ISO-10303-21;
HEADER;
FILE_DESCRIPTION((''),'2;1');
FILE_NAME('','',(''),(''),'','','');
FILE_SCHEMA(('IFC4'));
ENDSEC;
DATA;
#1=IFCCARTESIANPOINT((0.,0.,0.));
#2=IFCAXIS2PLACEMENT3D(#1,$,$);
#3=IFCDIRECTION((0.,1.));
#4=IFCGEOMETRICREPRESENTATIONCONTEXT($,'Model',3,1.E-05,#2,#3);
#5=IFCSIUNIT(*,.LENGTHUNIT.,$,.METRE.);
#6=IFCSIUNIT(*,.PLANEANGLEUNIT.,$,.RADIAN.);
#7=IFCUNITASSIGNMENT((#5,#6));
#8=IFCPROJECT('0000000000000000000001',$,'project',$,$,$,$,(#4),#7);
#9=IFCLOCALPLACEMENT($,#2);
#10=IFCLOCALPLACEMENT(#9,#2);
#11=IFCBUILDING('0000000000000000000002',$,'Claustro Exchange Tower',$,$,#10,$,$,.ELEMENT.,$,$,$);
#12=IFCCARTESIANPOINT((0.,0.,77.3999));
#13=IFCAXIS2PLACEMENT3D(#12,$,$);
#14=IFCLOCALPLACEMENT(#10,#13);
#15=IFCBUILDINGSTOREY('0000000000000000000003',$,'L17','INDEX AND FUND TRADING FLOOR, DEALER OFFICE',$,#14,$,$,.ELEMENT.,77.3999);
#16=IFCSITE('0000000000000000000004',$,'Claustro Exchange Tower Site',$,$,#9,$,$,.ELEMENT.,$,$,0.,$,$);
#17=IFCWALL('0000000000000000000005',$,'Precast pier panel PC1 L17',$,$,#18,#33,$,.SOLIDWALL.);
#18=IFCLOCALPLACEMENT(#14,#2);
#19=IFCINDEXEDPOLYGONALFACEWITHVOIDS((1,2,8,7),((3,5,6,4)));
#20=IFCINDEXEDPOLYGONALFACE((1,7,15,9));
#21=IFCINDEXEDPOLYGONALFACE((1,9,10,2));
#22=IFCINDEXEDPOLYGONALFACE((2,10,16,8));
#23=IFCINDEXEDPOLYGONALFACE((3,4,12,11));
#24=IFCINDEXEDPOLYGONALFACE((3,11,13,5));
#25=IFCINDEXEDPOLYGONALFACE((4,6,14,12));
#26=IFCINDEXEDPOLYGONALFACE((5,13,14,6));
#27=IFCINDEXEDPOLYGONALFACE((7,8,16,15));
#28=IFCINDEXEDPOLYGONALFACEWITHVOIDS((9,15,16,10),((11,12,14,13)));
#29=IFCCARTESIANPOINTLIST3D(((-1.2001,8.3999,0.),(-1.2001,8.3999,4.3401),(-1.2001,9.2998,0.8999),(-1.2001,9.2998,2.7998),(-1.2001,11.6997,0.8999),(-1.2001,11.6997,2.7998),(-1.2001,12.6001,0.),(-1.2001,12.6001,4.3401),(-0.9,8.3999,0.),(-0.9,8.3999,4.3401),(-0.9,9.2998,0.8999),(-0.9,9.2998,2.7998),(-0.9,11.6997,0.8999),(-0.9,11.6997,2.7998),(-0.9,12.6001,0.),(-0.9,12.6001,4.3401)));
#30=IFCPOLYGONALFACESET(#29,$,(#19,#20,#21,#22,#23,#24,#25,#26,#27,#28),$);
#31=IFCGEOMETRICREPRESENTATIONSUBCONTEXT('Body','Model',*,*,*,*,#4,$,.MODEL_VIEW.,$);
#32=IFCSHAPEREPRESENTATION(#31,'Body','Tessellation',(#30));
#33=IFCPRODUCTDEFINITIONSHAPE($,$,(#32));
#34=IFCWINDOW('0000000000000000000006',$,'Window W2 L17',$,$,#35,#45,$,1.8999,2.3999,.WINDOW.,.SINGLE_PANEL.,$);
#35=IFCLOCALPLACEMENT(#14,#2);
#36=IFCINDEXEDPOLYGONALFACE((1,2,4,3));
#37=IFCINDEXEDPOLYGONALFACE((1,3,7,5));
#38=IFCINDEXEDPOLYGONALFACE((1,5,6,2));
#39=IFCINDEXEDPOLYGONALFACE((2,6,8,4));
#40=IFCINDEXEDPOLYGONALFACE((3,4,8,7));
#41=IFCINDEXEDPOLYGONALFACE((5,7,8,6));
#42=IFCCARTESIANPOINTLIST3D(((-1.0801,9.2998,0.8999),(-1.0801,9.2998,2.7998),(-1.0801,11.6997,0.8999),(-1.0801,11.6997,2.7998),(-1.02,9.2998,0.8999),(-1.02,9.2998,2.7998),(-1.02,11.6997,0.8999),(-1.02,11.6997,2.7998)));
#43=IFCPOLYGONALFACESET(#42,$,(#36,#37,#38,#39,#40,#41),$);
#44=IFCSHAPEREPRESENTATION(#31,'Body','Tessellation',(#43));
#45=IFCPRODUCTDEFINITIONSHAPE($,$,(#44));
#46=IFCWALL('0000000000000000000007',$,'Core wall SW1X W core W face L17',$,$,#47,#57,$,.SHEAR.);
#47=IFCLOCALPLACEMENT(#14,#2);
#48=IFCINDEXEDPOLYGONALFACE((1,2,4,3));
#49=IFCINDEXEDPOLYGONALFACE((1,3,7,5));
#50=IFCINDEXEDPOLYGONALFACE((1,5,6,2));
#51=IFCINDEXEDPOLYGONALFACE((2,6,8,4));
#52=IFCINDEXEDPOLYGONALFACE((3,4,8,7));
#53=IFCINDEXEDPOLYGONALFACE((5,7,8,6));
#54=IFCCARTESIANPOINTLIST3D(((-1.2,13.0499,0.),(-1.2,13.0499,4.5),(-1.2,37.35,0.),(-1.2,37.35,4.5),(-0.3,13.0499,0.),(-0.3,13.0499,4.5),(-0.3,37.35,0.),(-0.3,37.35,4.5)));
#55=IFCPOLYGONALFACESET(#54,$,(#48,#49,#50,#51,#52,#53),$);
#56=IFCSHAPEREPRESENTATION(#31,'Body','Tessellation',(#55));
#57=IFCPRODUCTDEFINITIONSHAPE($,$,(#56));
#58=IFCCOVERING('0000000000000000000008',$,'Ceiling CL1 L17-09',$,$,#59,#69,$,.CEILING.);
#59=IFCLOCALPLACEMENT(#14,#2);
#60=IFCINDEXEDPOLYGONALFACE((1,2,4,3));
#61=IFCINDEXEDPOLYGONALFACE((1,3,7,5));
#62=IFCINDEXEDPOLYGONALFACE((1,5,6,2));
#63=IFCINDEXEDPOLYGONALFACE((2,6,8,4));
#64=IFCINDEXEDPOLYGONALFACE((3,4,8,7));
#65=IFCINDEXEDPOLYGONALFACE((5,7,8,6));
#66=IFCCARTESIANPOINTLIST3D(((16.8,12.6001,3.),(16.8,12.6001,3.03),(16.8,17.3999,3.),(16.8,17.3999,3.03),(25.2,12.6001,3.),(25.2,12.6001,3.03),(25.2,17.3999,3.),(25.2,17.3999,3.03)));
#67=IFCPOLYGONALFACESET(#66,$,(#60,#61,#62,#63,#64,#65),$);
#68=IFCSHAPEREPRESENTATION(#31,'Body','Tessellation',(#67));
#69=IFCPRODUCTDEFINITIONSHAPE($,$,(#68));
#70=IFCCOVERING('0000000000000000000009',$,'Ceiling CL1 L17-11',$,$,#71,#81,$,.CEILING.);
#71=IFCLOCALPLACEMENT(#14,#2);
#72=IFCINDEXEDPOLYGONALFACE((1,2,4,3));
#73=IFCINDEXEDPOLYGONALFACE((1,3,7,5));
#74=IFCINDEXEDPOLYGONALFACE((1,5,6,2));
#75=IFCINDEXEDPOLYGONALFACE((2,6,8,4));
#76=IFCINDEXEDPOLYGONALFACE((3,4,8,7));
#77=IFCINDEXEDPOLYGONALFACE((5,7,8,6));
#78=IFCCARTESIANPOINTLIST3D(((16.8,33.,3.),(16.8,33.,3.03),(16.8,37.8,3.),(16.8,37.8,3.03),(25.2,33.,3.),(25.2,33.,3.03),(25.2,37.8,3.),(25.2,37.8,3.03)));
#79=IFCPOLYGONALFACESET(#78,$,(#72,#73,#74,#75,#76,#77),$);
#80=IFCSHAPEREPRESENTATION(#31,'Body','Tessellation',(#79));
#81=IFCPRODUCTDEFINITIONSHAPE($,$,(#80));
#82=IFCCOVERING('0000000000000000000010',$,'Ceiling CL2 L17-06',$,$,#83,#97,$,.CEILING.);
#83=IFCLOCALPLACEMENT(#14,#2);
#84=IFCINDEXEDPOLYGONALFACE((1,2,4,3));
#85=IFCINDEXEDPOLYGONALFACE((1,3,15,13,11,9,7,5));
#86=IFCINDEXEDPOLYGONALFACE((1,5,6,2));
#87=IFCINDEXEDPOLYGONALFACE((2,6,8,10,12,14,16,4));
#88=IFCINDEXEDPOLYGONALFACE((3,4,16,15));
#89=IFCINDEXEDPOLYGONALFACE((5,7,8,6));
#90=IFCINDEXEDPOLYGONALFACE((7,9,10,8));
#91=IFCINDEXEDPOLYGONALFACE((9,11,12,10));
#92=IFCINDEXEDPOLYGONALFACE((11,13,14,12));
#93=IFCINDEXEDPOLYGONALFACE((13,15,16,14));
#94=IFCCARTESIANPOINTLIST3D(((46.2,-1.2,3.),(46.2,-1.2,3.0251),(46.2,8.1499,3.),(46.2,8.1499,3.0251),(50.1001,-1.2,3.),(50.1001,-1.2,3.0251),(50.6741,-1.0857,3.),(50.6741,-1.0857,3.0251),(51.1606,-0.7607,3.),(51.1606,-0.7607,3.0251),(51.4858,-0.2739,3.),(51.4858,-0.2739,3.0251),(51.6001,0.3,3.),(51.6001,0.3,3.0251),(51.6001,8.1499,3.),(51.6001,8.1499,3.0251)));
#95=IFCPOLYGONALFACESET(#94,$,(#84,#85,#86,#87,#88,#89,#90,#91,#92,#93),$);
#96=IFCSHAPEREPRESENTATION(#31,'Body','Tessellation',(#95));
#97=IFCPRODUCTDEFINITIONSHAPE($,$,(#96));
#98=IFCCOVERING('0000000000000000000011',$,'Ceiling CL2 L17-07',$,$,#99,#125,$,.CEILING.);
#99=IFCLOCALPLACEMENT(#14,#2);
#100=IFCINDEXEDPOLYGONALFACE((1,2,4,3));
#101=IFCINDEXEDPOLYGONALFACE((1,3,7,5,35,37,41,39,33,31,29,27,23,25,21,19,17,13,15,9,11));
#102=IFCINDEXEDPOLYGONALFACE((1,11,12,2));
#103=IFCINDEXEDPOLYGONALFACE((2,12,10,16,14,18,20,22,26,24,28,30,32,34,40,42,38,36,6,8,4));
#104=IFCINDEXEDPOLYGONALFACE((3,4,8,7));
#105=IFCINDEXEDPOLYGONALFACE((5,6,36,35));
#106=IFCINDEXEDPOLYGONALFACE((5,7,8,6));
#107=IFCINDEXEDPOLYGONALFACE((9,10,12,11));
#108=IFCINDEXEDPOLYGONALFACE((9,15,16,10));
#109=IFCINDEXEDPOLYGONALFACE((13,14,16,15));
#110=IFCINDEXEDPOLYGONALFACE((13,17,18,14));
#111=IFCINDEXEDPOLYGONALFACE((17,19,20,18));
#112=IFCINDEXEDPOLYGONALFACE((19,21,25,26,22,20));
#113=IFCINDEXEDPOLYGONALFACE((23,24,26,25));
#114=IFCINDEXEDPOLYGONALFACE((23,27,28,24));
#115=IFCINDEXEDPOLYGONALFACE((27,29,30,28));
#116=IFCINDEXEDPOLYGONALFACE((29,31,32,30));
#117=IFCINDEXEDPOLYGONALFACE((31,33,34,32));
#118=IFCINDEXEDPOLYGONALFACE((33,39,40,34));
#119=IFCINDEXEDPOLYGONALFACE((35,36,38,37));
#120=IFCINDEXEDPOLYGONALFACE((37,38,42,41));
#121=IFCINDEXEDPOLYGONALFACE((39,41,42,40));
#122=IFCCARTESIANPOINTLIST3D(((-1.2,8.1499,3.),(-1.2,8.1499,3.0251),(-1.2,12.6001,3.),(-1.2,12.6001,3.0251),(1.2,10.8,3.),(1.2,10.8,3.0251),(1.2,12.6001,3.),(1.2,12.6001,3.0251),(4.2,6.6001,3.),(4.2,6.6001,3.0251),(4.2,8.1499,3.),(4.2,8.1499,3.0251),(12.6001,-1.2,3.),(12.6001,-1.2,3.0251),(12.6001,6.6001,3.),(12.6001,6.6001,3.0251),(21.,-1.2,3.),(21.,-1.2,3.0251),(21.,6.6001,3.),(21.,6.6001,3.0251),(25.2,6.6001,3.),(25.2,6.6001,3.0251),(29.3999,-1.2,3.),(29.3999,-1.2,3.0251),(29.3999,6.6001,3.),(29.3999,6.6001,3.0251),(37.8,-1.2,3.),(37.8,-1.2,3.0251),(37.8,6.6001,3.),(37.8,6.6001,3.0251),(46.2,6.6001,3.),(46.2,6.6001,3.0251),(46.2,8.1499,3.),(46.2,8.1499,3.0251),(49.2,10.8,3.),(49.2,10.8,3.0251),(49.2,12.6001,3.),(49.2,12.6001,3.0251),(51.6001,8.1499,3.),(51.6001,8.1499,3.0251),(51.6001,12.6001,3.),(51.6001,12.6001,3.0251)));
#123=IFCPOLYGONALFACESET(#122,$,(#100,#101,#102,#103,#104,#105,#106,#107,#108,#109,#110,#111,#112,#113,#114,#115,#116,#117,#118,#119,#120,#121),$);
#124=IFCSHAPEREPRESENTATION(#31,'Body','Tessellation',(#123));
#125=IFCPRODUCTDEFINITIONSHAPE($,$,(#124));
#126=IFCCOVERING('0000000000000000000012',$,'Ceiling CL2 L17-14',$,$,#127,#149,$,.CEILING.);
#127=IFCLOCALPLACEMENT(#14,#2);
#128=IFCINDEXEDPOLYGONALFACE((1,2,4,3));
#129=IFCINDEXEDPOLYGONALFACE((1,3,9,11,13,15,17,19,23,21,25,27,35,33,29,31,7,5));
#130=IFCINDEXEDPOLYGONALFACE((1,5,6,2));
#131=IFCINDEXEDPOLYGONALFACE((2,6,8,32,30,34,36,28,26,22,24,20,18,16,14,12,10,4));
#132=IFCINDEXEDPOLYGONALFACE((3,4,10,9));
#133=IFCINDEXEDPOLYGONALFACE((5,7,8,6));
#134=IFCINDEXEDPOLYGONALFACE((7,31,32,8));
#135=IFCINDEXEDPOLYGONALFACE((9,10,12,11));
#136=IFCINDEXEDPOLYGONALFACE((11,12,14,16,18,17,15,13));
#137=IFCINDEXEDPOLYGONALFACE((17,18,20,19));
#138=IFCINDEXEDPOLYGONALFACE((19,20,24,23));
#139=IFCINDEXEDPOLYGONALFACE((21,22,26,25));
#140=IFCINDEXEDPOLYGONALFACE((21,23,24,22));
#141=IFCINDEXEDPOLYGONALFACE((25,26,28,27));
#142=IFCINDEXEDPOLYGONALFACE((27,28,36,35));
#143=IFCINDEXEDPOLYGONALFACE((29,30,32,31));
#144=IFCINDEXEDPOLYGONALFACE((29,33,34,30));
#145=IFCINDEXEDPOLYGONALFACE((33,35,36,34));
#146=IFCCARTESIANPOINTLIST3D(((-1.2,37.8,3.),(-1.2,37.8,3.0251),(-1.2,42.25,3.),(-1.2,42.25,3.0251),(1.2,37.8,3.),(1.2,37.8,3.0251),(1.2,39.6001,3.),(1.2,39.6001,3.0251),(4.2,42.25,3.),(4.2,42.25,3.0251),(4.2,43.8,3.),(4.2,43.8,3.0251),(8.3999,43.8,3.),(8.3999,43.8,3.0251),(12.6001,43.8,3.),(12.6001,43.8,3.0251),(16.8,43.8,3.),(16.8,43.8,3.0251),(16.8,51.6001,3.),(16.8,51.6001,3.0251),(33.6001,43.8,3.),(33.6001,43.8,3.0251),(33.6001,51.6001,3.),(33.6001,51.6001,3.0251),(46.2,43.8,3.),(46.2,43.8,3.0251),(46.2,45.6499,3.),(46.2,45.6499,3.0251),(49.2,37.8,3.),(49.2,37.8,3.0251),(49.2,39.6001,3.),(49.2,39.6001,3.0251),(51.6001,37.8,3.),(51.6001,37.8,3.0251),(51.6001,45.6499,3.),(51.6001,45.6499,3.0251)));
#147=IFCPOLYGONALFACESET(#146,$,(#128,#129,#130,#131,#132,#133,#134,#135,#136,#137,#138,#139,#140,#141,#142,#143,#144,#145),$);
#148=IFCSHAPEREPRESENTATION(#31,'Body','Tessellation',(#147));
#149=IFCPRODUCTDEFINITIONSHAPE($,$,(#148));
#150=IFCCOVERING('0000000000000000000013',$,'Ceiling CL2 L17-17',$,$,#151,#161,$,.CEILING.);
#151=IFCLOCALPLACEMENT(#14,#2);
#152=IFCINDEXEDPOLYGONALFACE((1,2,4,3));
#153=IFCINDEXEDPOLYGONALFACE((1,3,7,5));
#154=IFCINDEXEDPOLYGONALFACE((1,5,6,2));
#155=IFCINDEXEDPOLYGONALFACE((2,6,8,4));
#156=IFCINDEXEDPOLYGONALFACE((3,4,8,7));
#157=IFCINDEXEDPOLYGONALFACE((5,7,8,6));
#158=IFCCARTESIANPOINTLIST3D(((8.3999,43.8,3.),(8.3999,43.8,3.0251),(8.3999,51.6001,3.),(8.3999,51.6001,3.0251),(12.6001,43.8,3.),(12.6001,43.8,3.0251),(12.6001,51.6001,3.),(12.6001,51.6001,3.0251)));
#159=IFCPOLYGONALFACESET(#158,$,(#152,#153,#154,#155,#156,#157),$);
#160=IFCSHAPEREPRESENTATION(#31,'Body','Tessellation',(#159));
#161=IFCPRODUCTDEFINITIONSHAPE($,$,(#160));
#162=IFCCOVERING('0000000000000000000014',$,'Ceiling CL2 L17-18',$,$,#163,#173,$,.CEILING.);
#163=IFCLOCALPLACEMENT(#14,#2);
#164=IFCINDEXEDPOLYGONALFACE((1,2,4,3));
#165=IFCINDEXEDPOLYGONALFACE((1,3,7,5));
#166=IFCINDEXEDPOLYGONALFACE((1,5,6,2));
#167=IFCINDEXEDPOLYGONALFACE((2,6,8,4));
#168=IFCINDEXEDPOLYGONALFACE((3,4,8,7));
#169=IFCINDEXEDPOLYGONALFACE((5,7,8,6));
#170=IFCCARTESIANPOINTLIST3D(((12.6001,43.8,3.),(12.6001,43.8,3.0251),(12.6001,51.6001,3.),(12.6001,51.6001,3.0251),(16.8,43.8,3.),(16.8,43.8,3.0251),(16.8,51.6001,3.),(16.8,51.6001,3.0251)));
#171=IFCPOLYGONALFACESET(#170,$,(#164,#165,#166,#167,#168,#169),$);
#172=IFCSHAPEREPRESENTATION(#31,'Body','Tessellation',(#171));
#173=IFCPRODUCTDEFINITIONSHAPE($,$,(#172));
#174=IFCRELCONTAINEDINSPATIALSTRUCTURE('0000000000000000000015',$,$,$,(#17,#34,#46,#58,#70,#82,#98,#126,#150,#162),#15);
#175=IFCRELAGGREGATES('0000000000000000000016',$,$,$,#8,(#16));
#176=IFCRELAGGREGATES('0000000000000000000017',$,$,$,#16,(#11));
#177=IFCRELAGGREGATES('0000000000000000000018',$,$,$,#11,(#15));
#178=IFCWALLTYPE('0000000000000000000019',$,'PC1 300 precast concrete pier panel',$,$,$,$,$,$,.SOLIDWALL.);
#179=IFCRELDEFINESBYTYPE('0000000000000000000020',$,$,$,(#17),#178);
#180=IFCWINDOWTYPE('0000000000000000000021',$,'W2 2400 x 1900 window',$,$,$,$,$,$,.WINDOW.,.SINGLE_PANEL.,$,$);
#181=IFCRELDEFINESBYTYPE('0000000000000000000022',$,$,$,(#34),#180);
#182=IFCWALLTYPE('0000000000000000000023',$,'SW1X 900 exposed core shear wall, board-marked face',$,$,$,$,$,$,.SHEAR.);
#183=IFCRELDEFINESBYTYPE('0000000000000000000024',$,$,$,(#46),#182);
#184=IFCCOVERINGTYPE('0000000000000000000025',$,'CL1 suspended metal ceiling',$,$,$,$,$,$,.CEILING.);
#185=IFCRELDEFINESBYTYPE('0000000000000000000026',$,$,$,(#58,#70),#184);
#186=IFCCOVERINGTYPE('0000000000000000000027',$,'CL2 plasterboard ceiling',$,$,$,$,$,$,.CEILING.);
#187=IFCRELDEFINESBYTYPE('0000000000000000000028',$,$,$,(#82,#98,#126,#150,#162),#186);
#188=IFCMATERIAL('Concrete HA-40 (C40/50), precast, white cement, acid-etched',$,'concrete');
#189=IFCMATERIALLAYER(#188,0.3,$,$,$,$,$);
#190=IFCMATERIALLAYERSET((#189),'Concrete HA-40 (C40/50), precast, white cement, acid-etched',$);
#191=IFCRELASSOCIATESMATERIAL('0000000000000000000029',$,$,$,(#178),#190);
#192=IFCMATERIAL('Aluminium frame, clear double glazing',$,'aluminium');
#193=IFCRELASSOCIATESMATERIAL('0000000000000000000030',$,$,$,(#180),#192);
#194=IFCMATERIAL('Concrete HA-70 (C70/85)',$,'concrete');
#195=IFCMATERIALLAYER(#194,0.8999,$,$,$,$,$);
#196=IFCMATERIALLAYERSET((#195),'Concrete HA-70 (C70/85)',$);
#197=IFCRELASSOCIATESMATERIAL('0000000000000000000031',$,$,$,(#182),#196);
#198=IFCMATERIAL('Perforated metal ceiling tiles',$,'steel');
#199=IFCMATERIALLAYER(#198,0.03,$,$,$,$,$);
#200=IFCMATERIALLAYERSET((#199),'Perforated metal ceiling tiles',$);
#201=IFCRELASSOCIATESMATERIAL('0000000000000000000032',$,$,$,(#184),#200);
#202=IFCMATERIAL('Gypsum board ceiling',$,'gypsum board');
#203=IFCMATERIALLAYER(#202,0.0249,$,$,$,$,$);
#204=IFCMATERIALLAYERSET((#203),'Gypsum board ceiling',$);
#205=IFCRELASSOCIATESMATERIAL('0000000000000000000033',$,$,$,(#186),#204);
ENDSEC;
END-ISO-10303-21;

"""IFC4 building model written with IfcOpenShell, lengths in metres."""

from ifc_helpers import new_model, si_unit, direction, frame, frame_2d, origin, place, context, subcontext, project, spatial, polyline, rectangle, outline, extrude, material, layer, layer_set, type_object, element, fill, save


model = new_model("IFC4")

# Units and contexts
model_context = context("Model", 3, precision=1e-05, world=origin(), true_north=direction((0.0, 1.0)))
body_context = subcontext(model_context, "Body", "Model", "MODEL_VIEW")
ifc_project = project(units=[si_unit("LENGTHUNIT", "METRE"), si_unit("PLANEANGLEUNIT", "RADIAN")], contexts=[model_context])

# Site, building, storey
site_placement = place(None, origin())
site = spatial("IfcSite", under=ifc_project, at=site_placement, Name="Claustro Exchange Tower Site", CompositionType="ELEMENT", RefElevation=0.0)
building_placement = place(site_placement, origin())
building = spatial("IfcBuilding", under=site, at=building_placement, Name="Claustro Exchange Tower", CompositionType="ELEMENT")
storey_placement = place(building_placement, frame((0.0, 0.0, 77.3999)))
storey = spatial("IfcBuildingStorey", under=building, at=storey_placement, Name="L17", Description="INDEX AND FUND TRADING FLOOR, DEALER OFFICE", CompositionType="ELEMENT", Elevation=77.3999)

# Shared definitions
ifc_material_1 = material(Name="Concrete HA-40 (C40/50), precast, white cement, acid-etched", Category="concrete")
ifc_layer_1 = layer(ifc_material_1, 0.3)
ifc_layer_set_1 = layer_set([ifc_layer_1], Name="Concrete HA-40 (C40/50), precast, white cement, acid-etched")
wall_type_1 = type_object("IfcWallType", Name="PC1 300 precast concrete pier panel", PredefinedType="SOLIDWALL", material=ifc_layer_set_1)

# Wall, opening, window
wall_1_placement = place(storey_placement, frame((-1.05, 8.3999, 0.0), z_axis=(0.0, 0.0, 1.0), x_axis=(0.0, 1.0, 0.0)))
wall_1 = element("IfcWall", 1, at=wall_1_placement, inside=storey, type_object=wall_type_1, Name="Precast pier panel PC1 L17", PredefinedType="SOLIDWALL", context=body_context, shape_type="SweptSolid", body=[
    extrude(rectangle(XDim=4.2002, YDim=0.3, at=frame_2d((2.1001, 0.0))), origin(), (0.0, 0.0, 1.0), 4.3401),
])
opening_1_placement = place(wall_1_placement, frame((0.8999, 0.0, 0.8999)))
opening_1 = element("IfcOpeningElement", 2, at=opening_1_placement, cuts=wall_1, PredefinedType="OPENING", context=body_context, shape_type="SweptSolid", body=[
    extrude(rectangle(XDim=2.3999, YDim=1.8999, at=frame_2d((1.2, 0.95))), frame((0.0, 0.1599, 0.0), z_axis=(0.0, -1.0, 0.0), x_axis=(1.0, 0.0, 0.0)), (0.0, 0.0, 1.0), 0.3201),
])
ifc_material_2 = material(Name="Aluminium frame, clear double glazing", Category="aluminium")
window_type_1 = type_object("IfcWindowType", Name="W2 2400 x 1900 window", PartitioningType="SINGLE_PANEL", PredefinedType="WINDOW", material=ifc_material_2)
window_1_placement = place(opening_1_placement, origin())
window_1 = element("IfcWindow", 3, at=window_1_placement, inside=storey, type_object=window_type_1, Name="Window W2 L17", OverallHeight=1.8999, OverallWidth=2.3999, PartitioningType="SINGLE_PANEL", PredefinedType="WINDOW", context=body_context, shape_type="SweptSolid", body=[
    extrude(rectangle(XDim=2.3999, YDim=1.8999, at=frame_2d((1.2, 0.95))), frame((0.0, 0.03, 0.0), z_axis=(0.0, -1.0, 0.0), x_axis=(1.0, 0.0, 0.0)), (0.0, 0.0, 1.0), 0.0601),
])
fill(opening_1, window_1)

# Wall
ifc_material_3 = material(Name="Concrete HA-70 (C70/85)", Category="concrete")
ifc_layer_2 = layer(ifc_material_3, 0.8999)
ifc_layer_set_2 = layer_set([ifc_layer_2], Name="Concrete HA-70 (C70/85)")
wall_type_2 = type_object("IfcWallType", Name="SW1X 900 exposed core shear wall, board-marked face", PredefinedType="SHEAR", material=ifc_layer_set_2)
wall_2_placement = place(storey_placement, frame((-0.75, 13.05, 0.0), z_axis=(0.0, 0.0, 1.0), x_axis=(0.0, 1.0, 0.0)))
element("IfcWall", 4, at=wall_2_placement, inside=storey, type_object=wall_type_2, Name="Core wall SW1X W core W face L17", PredefinedType="SHEAR", context=body_context, shape_type="SweptSolid", body=[
    extrude(rectangle(XDim=24.3, YDim=0.8999, at=frame_2d((12.1499, 0.0))), origin(), (0.0, 0.0, 1.0), 4.5),
])

# Coverings
ifc_material_4 = material(Name="Perforated metal ceiling tiles", Category="steel")
ifc_layer_3 = layer(ifc_material_4, 0.03)
ifc_layer_set_3 = layer_set([ifc_layer_3], Name="Perforated metal ceiling tiles")
covering_type_1 = type_object("IfcCoveringType", Name="CL1 suspended metal ceiling", PredefinedType="CEILING", material=ifc_layer_set_3)
covering_1_placement = place(storey_placement, frame((0.0, 0.0, 3.0)))
element("IfcCovering", 5, at=covering_1_placement, inside=storey, type_object=covering_type_1, Name="Ceiling CL1 L17-09", PredefinedType="CEILING", context=body_context, shape_type="SweptSolid", body=[
    extrude(outline(polyline([(16.8, 17.3999), (16.8, 12.6001), (25.2, 12.6001), (25.2, 17.3999), (16.8, 17.3999)])), origin(), (0.0, 0.0, 1.0), 0.03),
])
covering_2_placement = place(storey_placement, frame((0.0, 0.0, 3.0)))
element("IfcCovering", 6, at=covering_2_placement, inside=storey, type_object=covering_type_1, Name="Ceiling CL1 L17-11", PredefinedType="CEILING", context=body_context, shape_type="SweptSolid", body=[
    extrude(outline(polyline([(16.8, 33.0), (25.2, 33.0), (25.2, 37.8), (16.8, 37.8), (16.8, 33.0)])), origin(), (0.0, 0.0, 1.0), 0.03),
])
ifc_material_5 = material(Name="Gypsum board ceiling", Category="gypsum board")
ifc_layer_4 = layer(ifc_material_5, 0.0249)
ifc_layer_set_4 = layer_set([ifc_layer_4], Name="Gypsum board ceiling")
covering_type_2 = type_object("IfcCoveringType", Name="CL2 plasterboard ceiling", PredefinedType="CEILING", material=ifc_layer_set_4)
covering_3_placement = place(storey_placement, frame((0.0, 0.0, 3.0)))
element("IfcCovering", 7, at=covering_3_placement, inside=storey, type_object=covering_type_2, Name="Ceiling CL2 L17-06", PredefinedType="CEILING", context=body_context, shape_type="SweptSolid", body=[
    extrude(outline(polyline([(51.6001, 0.3), (51.6001, 8.1499), (46.2, 8.1499), (46.2, -1.2), (50.1001, -1.2), (50.6741, -1.0857), (51.1606, -0.7607), (51.4858, -0.2739), (51.6001, 0.3)])), origin(), (0.0, 0.0, 1.0), 0.0251),
])
covering_4_placement = place(storey_placement, frame((0.0, 0.0, 3.0)))
element("IfcCovering", 8, at=covering_4_placement, inside=storey, type_object=covering_type_2, Name="Ceiling CL2 L17-07", PredefinedType="CEILING", context=body_context, shape_type="SweptSolid", body=[
    extrude(outline(polyline([(-1.2, 12.6001), (-1.2, 8.1499), (4.2, 8.1499), (4.2, 6.6001), (12.6001, 6.6001), (12.6001, -1.2), (21.0, -1.2), (21.0, 6.6001), (25.2, 6.6001), (29.3999, 6.6001), (29.3999, -1.2), (37.8, -1.2), (37.8, 6.6001), (46.2, 6.6001), (46.2, 8.1499), (51.6001, 8.1499), (51.6001, 12.6001), (49.2, 12.6001), (49.2, 10.8), (1.2, 10.8), (1.2, 12.6001), (-1.2, 12.6001)])), origin(), (0.0, 0.0, 1.0), 0.0251),
])
covering_5_placement = place(storey_placement, frame((0.0, 0.0, 3.0)))
element("IfcCovering", 9, at=covering_5_placement, inside=storey, type_object=covering_type_2, Name="Ceiling CL2 L17-14", PredefinedType="CEILING", context=body_context, shape_type="SweptSolid", body=[
    extrude(outline(polyline([(-1.2, 42.25), (-1.2, 37.8), (1.2, 37.8), (1.2, 39.6001), (49.2, 39.6001), (49.2, 37.8), (51.6001, 37.8), (51.6001, 45.6499), (46.2, 45.6499), (46.2, 43.8), (33.6001, 43.8), (33.6001, 51.6001), (16.8, 51.6001), (16.8, 43.8), (12.6001, 43.8), (8.3999, 43.8), (4.2, 43.8), (4.2, 42.25), (-1.2, 42.25)])), origin(), (0.0, 0.0, 1.0), 0.0251),
])
covering_6_placement = place(storey_placement, frame((0.0, 0.0, 3.0)))
element("IfcCovering", 10, at=covering_6_placement, inside=storey, type_object=covering_type_2, Name="Ceiling CL2 L17-17", PredefinedType="CEILING", context=body_context, shape_type="SweptSolid", body=[
    extrude(outline(polyline([(12.6001, 51.6001), (8.3999, 51.6001), (8.3999, 43.8), (12.6001, 43.8), (12.6001, 51.6001)])), origin(), (0.0, 0.0, 1.0), 0.0251),
])
covering_7_placement = place(storey_placement, frame((0.0, 0.0, 3.0)))
element("IfcCovering", 11, at=covering_7_placement, inside=storey, type_object=covering_type_2, Name="Ceiling CL2 L17-18", PredefinedType="CEILING", context=body_context, shape_type="SweptSolid", body=[
    extrude(outline(polyline([(16.8, 51.6001), (12.6001, 51.6001), (12.6001, 43.8), (16.8, 43.8), (16.8, 51.6001)])), origin(), (0.0, 0.0, 1.0), 0.0251),
])

save(model, "model.ifc")
